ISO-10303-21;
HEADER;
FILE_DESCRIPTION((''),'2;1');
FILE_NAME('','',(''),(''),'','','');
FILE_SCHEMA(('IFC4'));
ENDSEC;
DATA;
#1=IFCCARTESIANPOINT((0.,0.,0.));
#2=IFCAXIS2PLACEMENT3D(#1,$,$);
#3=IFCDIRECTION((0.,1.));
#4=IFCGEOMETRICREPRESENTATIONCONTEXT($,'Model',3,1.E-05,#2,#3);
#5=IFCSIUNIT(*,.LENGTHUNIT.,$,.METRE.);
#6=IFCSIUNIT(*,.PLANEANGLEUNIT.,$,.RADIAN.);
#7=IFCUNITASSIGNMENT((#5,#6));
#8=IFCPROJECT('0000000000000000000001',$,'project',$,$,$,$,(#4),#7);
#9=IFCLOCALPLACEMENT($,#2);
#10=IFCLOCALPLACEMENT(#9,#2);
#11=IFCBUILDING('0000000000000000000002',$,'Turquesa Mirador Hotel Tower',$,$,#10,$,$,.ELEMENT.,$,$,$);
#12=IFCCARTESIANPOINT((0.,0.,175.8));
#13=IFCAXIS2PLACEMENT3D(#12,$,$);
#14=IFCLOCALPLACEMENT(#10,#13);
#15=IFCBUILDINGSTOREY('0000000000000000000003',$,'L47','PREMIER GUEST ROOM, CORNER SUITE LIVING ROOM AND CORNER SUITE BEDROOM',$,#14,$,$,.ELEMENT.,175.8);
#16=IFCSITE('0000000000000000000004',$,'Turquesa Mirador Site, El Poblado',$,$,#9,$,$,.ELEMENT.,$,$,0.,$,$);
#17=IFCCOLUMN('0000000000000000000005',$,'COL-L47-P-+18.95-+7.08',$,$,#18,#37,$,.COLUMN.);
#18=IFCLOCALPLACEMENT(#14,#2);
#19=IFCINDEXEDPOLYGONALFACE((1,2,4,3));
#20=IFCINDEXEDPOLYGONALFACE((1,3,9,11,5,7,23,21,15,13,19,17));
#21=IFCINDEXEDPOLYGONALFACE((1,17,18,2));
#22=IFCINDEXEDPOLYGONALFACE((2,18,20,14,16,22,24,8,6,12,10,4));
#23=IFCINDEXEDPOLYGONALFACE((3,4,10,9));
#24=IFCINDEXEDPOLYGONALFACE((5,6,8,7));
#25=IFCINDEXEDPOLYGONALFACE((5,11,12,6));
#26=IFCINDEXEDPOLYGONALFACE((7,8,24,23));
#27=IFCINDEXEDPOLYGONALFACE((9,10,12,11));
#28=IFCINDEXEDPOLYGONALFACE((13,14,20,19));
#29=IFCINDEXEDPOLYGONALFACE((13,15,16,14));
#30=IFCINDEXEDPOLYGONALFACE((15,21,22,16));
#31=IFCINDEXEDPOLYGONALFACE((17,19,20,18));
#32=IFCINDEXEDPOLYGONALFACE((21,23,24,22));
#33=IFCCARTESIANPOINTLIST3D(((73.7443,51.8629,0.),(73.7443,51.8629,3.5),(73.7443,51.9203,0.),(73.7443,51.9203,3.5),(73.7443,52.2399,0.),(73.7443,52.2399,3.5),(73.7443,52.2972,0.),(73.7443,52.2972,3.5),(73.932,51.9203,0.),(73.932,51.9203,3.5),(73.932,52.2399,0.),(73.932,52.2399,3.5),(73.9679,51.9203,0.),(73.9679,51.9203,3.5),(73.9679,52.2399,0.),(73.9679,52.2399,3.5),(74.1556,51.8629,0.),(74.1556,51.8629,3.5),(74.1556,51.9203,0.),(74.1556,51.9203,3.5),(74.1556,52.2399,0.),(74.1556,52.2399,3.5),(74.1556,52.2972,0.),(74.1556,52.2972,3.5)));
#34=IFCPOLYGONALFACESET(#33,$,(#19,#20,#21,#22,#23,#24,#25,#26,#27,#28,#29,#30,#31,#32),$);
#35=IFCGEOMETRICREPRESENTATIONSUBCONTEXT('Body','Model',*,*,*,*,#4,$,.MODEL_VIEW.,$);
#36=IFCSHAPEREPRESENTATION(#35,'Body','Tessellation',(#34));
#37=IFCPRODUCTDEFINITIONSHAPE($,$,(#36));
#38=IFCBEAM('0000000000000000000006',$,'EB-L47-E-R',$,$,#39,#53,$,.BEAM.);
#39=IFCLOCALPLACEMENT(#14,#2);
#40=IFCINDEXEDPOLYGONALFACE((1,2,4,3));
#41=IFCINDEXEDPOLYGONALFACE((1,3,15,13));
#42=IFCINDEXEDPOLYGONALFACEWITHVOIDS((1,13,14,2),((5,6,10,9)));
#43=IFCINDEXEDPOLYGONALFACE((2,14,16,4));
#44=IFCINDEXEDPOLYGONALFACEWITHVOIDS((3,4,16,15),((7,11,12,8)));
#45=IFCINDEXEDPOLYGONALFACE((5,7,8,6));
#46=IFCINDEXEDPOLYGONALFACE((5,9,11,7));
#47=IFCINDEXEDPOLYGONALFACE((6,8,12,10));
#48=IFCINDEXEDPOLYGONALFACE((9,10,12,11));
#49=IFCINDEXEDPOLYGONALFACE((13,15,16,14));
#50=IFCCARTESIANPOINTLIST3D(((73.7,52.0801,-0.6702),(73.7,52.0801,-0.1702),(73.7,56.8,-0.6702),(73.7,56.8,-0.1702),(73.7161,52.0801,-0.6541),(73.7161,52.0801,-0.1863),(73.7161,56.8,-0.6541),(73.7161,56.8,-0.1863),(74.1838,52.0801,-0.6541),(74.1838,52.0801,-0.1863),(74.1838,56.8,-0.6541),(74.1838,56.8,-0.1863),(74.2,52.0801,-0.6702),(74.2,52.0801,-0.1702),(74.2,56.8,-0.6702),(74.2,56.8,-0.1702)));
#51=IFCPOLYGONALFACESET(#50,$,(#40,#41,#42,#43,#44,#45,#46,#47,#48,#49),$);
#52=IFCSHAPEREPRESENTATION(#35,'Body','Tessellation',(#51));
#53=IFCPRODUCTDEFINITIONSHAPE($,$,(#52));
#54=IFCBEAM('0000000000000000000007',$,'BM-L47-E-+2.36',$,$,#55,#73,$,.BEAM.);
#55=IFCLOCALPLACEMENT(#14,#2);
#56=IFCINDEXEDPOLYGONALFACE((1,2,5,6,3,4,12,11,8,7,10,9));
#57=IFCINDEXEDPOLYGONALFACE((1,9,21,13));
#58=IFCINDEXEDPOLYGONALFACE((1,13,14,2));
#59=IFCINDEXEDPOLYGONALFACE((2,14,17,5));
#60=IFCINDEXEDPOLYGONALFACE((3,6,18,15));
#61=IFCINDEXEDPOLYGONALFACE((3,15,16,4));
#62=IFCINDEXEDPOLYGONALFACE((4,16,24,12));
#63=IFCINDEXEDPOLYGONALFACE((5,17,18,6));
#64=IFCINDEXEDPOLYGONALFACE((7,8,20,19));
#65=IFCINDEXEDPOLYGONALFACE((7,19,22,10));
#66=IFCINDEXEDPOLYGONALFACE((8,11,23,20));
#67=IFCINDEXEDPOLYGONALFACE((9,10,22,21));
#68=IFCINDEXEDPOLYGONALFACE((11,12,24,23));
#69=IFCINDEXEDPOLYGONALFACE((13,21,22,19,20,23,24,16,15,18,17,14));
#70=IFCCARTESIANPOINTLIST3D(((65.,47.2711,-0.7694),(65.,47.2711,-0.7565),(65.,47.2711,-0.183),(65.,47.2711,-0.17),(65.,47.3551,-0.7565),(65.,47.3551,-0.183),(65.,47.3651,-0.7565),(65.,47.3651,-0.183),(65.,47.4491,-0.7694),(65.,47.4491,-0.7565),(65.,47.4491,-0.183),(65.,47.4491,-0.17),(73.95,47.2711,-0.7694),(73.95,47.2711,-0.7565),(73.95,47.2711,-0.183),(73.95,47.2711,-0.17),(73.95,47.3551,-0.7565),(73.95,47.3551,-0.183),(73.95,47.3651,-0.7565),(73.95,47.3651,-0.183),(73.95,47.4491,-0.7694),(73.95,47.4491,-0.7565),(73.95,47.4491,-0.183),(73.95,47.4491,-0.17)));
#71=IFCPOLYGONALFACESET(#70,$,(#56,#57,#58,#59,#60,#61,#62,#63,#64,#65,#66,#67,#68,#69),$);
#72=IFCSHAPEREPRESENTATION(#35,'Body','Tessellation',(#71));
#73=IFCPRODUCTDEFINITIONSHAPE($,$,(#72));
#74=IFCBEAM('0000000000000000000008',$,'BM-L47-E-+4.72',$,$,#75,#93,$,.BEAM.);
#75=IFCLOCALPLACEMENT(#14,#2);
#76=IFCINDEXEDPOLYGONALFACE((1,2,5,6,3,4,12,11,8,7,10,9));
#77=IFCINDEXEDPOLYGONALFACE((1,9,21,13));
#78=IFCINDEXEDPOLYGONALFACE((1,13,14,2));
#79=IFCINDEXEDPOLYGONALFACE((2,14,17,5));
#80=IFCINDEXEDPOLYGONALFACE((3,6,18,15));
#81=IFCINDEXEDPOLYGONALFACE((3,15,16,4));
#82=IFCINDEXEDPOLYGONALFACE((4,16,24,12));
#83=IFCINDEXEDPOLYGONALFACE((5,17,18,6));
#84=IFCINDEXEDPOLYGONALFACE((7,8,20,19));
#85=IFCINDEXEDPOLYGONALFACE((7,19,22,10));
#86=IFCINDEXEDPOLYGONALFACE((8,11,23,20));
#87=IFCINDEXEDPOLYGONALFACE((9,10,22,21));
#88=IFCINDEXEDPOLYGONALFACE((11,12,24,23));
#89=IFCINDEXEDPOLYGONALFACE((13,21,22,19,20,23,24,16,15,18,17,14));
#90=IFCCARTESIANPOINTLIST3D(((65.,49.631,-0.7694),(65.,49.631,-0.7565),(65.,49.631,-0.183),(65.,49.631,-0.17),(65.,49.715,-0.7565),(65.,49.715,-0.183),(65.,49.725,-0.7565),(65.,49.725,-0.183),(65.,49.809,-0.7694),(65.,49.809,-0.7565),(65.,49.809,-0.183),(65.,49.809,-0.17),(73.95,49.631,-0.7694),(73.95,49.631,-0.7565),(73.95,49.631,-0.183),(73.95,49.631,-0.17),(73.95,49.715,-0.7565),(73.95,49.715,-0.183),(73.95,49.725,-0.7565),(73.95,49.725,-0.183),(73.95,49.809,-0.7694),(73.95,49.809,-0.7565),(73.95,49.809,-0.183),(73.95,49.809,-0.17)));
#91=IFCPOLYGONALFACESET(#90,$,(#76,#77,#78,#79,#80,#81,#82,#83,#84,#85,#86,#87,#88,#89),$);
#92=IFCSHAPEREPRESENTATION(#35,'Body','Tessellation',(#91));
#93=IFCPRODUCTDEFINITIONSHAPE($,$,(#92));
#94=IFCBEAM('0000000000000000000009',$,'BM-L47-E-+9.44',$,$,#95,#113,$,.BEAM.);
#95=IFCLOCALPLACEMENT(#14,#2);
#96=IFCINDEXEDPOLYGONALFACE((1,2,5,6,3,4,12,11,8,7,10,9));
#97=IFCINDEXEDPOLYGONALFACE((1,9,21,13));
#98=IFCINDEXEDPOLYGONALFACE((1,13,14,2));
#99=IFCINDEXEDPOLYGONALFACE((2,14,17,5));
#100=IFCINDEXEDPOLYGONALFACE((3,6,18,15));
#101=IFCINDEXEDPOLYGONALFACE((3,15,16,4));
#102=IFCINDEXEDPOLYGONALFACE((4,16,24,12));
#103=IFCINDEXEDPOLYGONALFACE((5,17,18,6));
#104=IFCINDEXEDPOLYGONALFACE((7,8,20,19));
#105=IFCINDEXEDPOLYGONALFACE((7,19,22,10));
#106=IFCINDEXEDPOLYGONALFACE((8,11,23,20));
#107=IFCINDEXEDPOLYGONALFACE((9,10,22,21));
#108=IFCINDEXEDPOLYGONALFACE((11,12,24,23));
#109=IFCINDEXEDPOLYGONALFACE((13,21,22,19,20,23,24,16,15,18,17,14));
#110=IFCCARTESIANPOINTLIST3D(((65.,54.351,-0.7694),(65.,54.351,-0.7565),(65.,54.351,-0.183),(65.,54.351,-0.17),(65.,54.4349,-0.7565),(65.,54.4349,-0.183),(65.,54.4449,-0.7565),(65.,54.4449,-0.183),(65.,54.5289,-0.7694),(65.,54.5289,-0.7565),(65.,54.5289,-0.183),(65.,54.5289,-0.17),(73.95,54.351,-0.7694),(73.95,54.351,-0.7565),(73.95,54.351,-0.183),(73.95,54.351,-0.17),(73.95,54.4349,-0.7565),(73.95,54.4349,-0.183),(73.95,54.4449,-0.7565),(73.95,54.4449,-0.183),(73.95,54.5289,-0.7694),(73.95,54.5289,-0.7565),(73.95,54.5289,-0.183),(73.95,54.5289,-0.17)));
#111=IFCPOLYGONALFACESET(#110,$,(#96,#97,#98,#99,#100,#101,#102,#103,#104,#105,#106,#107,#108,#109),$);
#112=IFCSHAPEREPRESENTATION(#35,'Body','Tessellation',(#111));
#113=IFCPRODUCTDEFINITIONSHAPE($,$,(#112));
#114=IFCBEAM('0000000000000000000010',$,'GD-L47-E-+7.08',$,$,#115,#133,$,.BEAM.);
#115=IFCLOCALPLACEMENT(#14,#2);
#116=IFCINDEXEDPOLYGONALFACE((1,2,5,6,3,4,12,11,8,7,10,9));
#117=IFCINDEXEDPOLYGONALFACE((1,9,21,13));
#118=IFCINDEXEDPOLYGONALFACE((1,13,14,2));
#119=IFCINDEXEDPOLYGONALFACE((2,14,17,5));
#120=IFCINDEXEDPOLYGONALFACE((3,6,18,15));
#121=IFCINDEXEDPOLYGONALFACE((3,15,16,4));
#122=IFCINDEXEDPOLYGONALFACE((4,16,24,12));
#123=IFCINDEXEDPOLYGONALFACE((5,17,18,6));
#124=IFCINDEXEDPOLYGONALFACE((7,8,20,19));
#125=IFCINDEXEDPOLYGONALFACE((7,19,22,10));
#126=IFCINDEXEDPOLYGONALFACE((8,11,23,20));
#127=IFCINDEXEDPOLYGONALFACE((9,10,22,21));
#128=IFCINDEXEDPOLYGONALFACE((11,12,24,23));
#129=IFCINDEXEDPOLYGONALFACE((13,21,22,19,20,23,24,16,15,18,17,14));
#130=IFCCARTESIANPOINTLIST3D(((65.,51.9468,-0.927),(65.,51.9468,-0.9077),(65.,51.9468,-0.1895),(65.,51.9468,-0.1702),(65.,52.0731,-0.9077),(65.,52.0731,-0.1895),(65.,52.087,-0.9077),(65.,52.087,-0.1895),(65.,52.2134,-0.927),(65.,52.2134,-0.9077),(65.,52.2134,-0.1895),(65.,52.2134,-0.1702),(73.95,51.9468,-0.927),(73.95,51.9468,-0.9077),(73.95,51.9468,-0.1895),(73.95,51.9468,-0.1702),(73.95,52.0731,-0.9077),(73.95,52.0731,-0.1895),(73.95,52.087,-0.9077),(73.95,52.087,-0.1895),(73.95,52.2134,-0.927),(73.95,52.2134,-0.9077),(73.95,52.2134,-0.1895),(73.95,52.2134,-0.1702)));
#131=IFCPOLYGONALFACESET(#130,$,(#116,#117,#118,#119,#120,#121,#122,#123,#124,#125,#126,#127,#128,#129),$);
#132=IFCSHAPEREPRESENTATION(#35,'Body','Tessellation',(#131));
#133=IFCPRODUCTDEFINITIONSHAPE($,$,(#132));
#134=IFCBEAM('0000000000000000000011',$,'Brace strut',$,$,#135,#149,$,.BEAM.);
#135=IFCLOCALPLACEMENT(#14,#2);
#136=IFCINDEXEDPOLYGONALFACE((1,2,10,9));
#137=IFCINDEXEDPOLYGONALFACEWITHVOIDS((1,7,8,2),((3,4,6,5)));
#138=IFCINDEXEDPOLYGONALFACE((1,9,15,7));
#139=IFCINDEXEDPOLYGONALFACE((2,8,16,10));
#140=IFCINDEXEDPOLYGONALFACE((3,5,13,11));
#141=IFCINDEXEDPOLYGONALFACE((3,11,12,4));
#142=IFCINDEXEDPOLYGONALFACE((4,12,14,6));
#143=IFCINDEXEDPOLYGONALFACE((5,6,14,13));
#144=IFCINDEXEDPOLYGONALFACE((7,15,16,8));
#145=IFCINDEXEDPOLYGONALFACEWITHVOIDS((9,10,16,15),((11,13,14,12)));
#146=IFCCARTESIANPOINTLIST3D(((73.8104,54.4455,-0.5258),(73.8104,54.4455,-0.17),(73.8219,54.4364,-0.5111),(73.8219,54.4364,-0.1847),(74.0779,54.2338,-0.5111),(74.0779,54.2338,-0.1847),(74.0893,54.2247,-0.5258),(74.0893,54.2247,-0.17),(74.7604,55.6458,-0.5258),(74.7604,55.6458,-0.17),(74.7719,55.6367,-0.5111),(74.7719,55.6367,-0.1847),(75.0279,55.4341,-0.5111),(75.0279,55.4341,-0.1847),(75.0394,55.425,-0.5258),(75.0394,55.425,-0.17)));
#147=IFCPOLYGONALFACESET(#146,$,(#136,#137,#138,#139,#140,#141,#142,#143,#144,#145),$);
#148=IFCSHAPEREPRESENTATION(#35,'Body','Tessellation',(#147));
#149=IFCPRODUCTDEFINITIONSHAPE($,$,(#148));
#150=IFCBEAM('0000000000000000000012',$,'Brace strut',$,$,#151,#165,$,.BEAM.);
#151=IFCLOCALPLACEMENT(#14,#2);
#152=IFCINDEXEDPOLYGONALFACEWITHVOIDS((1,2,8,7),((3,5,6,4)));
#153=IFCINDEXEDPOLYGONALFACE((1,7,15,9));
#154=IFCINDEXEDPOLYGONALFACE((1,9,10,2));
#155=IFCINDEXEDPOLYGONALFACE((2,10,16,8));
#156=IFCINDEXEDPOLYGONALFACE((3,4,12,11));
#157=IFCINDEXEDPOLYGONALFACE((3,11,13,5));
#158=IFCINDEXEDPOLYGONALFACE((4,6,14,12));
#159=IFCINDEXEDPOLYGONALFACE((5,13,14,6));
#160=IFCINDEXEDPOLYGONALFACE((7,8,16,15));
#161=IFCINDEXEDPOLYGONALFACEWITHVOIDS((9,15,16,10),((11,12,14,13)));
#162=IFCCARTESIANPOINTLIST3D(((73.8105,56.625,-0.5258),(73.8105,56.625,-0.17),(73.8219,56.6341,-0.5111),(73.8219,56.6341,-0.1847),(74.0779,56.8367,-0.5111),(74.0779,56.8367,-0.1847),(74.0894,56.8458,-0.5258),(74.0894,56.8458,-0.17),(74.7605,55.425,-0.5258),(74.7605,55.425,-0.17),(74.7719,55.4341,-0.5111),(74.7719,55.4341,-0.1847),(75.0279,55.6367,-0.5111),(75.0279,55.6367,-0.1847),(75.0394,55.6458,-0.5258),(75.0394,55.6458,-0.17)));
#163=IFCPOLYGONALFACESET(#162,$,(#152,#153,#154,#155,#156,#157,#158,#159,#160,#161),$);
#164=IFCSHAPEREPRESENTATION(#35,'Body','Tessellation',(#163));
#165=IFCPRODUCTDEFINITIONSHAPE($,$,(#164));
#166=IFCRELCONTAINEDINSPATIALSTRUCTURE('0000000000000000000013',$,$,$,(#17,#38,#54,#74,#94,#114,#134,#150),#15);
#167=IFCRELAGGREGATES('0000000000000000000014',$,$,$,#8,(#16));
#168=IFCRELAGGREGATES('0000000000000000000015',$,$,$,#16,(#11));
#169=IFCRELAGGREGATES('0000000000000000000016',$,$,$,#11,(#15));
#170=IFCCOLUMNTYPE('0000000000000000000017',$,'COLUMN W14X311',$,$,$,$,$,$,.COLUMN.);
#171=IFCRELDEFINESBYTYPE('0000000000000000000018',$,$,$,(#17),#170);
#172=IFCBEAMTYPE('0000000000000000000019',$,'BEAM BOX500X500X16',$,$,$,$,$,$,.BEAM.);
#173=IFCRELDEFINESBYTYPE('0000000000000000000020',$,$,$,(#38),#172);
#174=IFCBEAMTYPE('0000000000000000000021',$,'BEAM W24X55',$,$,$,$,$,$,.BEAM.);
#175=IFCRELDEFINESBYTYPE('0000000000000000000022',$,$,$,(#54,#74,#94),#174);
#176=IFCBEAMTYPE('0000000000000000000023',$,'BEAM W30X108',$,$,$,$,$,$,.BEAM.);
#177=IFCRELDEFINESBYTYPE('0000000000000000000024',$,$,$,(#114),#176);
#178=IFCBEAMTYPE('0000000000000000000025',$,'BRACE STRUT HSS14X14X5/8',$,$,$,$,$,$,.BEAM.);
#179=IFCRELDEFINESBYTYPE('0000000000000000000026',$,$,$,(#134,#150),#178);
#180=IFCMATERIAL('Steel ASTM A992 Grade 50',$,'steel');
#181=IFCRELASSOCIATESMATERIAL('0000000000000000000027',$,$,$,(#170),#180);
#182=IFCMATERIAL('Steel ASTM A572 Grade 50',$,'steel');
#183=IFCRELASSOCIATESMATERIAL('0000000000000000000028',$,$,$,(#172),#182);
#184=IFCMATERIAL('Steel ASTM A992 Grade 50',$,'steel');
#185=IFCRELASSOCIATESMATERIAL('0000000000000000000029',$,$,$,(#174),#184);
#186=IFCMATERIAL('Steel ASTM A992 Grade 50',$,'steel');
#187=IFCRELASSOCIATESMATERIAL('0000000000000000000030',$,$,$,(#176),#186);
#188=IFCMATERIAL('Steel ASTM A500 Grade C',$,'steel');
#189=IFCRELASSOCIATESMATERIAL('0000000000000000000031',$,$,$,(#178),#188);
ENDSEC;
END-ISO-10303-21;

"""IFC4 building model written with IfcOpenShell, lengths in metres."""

from ifc_helpers import new_model, si_unit, direction, frame, origin, origin_2d, place, context, subcontext, project, spatial, hollow_rectangle, i_section, extrude, material, material_profile, profile_set, type_object, element, save


model = new_model("IFC4")

# Units and contexts
model_context = context("Model", 3, precision=1e-05, world=origin(), true_north=direction((0.0, 1.0)))
body_context = subcontext(model_context, "Body", "Model", "MODEL_VIEW")
ifc_project = project(units=[si_unit("LENGTHUNIT", "METRE"), si_unit("PLANEANGLEUNIT", "RADIAN")], contexts=[model_context])

# Site, building, storey
site_placement = place(None, origin())
site = spatial("IfcSite", under=ifc_project, at=site_placement, Name="Turquesa Mirador Site, El Poblado", CompositionType="ELEMENT", RefElevation=0.0)
building_placement = place(site_placement, origin())
building = spatial("IfcBuilding", under=site, at=building_placement, Name="Turquesa Mirador Hotel Tower", CompositionType="ELEMENT")
storey_placement = place(building_placement, frame((0.0, 0.0, 175.8)))
storey = spatial("IfcBuildingStorey", under=building, at=storey_placement, Name="L47", Description="PREMIER GUEST ROOM, CORNER SUITE LIVING ROOM AND CORNER SUITE BEDROOM", CompositionType="ELEMENT", Elevation=175.8)

# Column
ifc_material_1 = material(Name="Steel ASTM A992 Grade 50", Category="steel")
ifc_material_profile_1 = material_profile(ifc_material_1, i_section(OverallWidth=0.4114, OverallDepth=0.4343, WebThickness=0.0359, FlangeThickness=0.0574, at=origin_2d()), Name="W14X311")
ifc_profile_set_1 = profile_set([ifc_material_profile_1], Name="Steel ASTM A992 Grade 50")
column_type = type_object("IfcColumnType", Name="COLUMN W14X311", PredefinedType="COLUMN", material=ifc_profile_set_1)
column_placement = place(storey_placement, frame((73.95, 52.0801, 0.0), z_axis=(0.0, 0.0, 1.0), x_axis=(1.0, 0.0, 0.0)))
element("IfcColumn", 1, at=column_placement, inside=storey, type_object=column_type, Name="COL-L47-P-+18.95-+7.08", PredefinedType="COLUMN", context=body_context, shape_type="SweptSolid", body=[
    extrude(i_section(OverallWidth=0.4114, OverallDepth=0.4343, WebThickness=0.0359, FlangeThickness=0.0574, at=origin_2d()), origin(), (0.0, 0.0, 1.0), 3.5),
])

# Beams
ifc_material_2 = material(Name="Steel ASTM A572 Grade 50", Category="steel")
ifc_material_profile_2 = material_profile(ifc_material_2, hollow_rectangle(XDim=0.5, YDim=0.5, WallThickness=0.0161, at=origin_2d()), Name="BOX500X500X16")
ifc_profile_set_2 = profile_set([ifc_material_profile_2], Name="Steel ASTM A572 Grade 50")
beam_type_1 = type_object("IfcBeamType", Name="BEAM BOX500X500X16", PredefinedType="BEAM", material=ifc_profile_set_2)
beam_1_placement = place(storey_placement, frame((73.95, 52.0801, -0.4202), z_axis=(0.0, 1.0, 0.0), x_axis=(-1.0, 0.0, 0.0)))
element("IfcBeam", 2, at=beam_1_placement, inside=storey, type_object=beam_type_1, Name="EB-L47-E-R", PredefinedType="BEAM", context=body_context, shape_type="SweptSolid", body=[
    extrude(hollow_rectangle(XDim=0.5, YDim=0.5, WallThickness=0.0161, at=origin_2d()), origin(), (0.0, 0.0, 1.0), 4.72),
])
ifc_material_3 = material(Name="Steel ASTM A992 Grade 50", Category="steel")
ifc_material_profile_3 = material_profile(ifc_material_3, i_section(OverallWidth=0.178, OverallDepth=0.5994, WebThickness=0.01, FlangeThickness=0.0129, at=origin_2d()), Name="W24X55")
ifc_profile_set_3 = profile_set([ifc_material_profile_3], Name="Steel ASTM A992 Grade 50")
beam_type_2 = type_object("IfcBeamType", Name="BEAM W24X55", PredefinedType="BEAM", material=ifc_profile_set_3)
for number, where, z_axis, x_axis, name in (
    (3, (73.95, 47.3601, -0.4697), (-1.0, 0.0, 0.0), (0.0, -1.0, 0.0), "BM-L47-E-+2.36"),
    (4, (73.95, 49.72, -0.4697), (-1.0, 0.0, 0.0), (0.0, -1.0, 0.0), "BM-L47-E-+4.72"),
    (5, (73.95, 54.4399, -0.4697), (-1.0, 0.0, 0.0), (0.0, -1.0, 0.0), "BM-L47-E-+9.44"),
):
    element("IfcBeam", number, at=place(storey_placement, frame(where, z_axis=z_axis, x_axis=x_axis)), inside=storey, type_object=beam_type_2, Name=name, PredefinedType="BEAM", context=body_context, shape_type="SweptSolid", body=[
        extrude(i_section(OverallWidth=0.178, OverallDepth=0.5994, WebThickness=0.01, FlangeThickness=0.0129, at=origin_2d()), origin(), (0.0, 0.0, 1.0), 8.95),
    ])
ifc_material_4 = material(Name="Steel ASTM A992 Grade 50", Category="steel")
ifc_material_profile_4 = material_profile(ifc_material_4, i_section(OverallWidth=0.2666, OverallDepth=0.7568, WebThickness=0.0139, FlangeThickness=0.0193, at=origin_2d()), Name="W30X108")
ifc_profile_set_4 = profile_set([ifc_material_profile_4], Name="Steel ASTM A992 Grade 50")
beam_type_3 = type_object("IfcBeamType", Name="BEAM W30X108", PredefinedType="BEAM", material=ifc_profile_set_4)
beam_2_placement = place(storey_placement, frame((73.95, 52.0801, -0.5486), z_axis=(-1.0, 0.0, 0.0), x_axis=(0.0, -1.0, 0.0)))
element("IfcBeam", 6, at=beam_2_placement, inside=storey, type_object=beam_type_3, Name="GD-L47-E-+7.08", PredefinedType="BEAM", context=body_context, shape_type="SweptSolid", body=[
    extrude(i_section(OverallWidth=0.2666, OverallDepth=0.7568, WebThickness=0.0139, FlangeThickness=0.0193, at=origin_2d()), origin(), (0.0, 0.0, 1.0), 8.95),
])
ifc_material_5 = material(Name="Steel ASTM A500 Grade C", Category="steel")
ifc_material_profile_5 = material_profile(ifc_material_5, hollow_rectangle(XDim=0.3557, YDim=0.3557, WallThickness=0.0146, at=origin_2d()), Name="HSS14X14X5/8")
ifc_profile_set_5 = profile_set([ifc_material_profile_5], Name="Steel ASTM A500 Grade C")
beam_type_4 = type_object("IfcBeamType", Name="BRACE STRUT HSS14X14X5/8", PredefinedType="BEAM", material=ifc_profile_set_5)
beam_3_placement = place(storey_placement, frame((74.8999, 55.5354, -0.3479), z_axis=(-0.620621, -0.784111, 0.0), x_axis=(0.784111, -0.620621, 0.0)))
element("IfcBeam", 7, at=beam_3_placement, inside=storey, type_object=beam_type_4, Name="Brace strut", PredefinedType="BEAM", context=body_context, shape_type="SweptSolid", body=[
    extrude(hollow_rectangle(XDim=0.3557, YDim=0.3557, WallThickness=0.0146, at=origin_2d()), origin(), (0.0, 0.0, 1.0), 1.5308),
])
beam_4_placement = place(storey_placement, frame((74.8999, 55.5354, -0.3479), z_axis=(-0.620699, 0.784049, 0.0), x_axis=(-0.784049, -0.620699, 0.0)))
element("IfcBeam", 8, at=beam_4_placement, inside=storey, type_object=beam_type_4, Name="Brace strut", PredefinedType="BEAM", context=body_context, shape_type="SweptSolid", body=[
    extrude(hollow_rectangle(XDim=0.3557, YDim=0.3557, WallThickness=0.0146, at=origin_2d()), origin(), (0.0, 0.0, 1.0), 1.5305),
])

save(model, "model.ifc")
